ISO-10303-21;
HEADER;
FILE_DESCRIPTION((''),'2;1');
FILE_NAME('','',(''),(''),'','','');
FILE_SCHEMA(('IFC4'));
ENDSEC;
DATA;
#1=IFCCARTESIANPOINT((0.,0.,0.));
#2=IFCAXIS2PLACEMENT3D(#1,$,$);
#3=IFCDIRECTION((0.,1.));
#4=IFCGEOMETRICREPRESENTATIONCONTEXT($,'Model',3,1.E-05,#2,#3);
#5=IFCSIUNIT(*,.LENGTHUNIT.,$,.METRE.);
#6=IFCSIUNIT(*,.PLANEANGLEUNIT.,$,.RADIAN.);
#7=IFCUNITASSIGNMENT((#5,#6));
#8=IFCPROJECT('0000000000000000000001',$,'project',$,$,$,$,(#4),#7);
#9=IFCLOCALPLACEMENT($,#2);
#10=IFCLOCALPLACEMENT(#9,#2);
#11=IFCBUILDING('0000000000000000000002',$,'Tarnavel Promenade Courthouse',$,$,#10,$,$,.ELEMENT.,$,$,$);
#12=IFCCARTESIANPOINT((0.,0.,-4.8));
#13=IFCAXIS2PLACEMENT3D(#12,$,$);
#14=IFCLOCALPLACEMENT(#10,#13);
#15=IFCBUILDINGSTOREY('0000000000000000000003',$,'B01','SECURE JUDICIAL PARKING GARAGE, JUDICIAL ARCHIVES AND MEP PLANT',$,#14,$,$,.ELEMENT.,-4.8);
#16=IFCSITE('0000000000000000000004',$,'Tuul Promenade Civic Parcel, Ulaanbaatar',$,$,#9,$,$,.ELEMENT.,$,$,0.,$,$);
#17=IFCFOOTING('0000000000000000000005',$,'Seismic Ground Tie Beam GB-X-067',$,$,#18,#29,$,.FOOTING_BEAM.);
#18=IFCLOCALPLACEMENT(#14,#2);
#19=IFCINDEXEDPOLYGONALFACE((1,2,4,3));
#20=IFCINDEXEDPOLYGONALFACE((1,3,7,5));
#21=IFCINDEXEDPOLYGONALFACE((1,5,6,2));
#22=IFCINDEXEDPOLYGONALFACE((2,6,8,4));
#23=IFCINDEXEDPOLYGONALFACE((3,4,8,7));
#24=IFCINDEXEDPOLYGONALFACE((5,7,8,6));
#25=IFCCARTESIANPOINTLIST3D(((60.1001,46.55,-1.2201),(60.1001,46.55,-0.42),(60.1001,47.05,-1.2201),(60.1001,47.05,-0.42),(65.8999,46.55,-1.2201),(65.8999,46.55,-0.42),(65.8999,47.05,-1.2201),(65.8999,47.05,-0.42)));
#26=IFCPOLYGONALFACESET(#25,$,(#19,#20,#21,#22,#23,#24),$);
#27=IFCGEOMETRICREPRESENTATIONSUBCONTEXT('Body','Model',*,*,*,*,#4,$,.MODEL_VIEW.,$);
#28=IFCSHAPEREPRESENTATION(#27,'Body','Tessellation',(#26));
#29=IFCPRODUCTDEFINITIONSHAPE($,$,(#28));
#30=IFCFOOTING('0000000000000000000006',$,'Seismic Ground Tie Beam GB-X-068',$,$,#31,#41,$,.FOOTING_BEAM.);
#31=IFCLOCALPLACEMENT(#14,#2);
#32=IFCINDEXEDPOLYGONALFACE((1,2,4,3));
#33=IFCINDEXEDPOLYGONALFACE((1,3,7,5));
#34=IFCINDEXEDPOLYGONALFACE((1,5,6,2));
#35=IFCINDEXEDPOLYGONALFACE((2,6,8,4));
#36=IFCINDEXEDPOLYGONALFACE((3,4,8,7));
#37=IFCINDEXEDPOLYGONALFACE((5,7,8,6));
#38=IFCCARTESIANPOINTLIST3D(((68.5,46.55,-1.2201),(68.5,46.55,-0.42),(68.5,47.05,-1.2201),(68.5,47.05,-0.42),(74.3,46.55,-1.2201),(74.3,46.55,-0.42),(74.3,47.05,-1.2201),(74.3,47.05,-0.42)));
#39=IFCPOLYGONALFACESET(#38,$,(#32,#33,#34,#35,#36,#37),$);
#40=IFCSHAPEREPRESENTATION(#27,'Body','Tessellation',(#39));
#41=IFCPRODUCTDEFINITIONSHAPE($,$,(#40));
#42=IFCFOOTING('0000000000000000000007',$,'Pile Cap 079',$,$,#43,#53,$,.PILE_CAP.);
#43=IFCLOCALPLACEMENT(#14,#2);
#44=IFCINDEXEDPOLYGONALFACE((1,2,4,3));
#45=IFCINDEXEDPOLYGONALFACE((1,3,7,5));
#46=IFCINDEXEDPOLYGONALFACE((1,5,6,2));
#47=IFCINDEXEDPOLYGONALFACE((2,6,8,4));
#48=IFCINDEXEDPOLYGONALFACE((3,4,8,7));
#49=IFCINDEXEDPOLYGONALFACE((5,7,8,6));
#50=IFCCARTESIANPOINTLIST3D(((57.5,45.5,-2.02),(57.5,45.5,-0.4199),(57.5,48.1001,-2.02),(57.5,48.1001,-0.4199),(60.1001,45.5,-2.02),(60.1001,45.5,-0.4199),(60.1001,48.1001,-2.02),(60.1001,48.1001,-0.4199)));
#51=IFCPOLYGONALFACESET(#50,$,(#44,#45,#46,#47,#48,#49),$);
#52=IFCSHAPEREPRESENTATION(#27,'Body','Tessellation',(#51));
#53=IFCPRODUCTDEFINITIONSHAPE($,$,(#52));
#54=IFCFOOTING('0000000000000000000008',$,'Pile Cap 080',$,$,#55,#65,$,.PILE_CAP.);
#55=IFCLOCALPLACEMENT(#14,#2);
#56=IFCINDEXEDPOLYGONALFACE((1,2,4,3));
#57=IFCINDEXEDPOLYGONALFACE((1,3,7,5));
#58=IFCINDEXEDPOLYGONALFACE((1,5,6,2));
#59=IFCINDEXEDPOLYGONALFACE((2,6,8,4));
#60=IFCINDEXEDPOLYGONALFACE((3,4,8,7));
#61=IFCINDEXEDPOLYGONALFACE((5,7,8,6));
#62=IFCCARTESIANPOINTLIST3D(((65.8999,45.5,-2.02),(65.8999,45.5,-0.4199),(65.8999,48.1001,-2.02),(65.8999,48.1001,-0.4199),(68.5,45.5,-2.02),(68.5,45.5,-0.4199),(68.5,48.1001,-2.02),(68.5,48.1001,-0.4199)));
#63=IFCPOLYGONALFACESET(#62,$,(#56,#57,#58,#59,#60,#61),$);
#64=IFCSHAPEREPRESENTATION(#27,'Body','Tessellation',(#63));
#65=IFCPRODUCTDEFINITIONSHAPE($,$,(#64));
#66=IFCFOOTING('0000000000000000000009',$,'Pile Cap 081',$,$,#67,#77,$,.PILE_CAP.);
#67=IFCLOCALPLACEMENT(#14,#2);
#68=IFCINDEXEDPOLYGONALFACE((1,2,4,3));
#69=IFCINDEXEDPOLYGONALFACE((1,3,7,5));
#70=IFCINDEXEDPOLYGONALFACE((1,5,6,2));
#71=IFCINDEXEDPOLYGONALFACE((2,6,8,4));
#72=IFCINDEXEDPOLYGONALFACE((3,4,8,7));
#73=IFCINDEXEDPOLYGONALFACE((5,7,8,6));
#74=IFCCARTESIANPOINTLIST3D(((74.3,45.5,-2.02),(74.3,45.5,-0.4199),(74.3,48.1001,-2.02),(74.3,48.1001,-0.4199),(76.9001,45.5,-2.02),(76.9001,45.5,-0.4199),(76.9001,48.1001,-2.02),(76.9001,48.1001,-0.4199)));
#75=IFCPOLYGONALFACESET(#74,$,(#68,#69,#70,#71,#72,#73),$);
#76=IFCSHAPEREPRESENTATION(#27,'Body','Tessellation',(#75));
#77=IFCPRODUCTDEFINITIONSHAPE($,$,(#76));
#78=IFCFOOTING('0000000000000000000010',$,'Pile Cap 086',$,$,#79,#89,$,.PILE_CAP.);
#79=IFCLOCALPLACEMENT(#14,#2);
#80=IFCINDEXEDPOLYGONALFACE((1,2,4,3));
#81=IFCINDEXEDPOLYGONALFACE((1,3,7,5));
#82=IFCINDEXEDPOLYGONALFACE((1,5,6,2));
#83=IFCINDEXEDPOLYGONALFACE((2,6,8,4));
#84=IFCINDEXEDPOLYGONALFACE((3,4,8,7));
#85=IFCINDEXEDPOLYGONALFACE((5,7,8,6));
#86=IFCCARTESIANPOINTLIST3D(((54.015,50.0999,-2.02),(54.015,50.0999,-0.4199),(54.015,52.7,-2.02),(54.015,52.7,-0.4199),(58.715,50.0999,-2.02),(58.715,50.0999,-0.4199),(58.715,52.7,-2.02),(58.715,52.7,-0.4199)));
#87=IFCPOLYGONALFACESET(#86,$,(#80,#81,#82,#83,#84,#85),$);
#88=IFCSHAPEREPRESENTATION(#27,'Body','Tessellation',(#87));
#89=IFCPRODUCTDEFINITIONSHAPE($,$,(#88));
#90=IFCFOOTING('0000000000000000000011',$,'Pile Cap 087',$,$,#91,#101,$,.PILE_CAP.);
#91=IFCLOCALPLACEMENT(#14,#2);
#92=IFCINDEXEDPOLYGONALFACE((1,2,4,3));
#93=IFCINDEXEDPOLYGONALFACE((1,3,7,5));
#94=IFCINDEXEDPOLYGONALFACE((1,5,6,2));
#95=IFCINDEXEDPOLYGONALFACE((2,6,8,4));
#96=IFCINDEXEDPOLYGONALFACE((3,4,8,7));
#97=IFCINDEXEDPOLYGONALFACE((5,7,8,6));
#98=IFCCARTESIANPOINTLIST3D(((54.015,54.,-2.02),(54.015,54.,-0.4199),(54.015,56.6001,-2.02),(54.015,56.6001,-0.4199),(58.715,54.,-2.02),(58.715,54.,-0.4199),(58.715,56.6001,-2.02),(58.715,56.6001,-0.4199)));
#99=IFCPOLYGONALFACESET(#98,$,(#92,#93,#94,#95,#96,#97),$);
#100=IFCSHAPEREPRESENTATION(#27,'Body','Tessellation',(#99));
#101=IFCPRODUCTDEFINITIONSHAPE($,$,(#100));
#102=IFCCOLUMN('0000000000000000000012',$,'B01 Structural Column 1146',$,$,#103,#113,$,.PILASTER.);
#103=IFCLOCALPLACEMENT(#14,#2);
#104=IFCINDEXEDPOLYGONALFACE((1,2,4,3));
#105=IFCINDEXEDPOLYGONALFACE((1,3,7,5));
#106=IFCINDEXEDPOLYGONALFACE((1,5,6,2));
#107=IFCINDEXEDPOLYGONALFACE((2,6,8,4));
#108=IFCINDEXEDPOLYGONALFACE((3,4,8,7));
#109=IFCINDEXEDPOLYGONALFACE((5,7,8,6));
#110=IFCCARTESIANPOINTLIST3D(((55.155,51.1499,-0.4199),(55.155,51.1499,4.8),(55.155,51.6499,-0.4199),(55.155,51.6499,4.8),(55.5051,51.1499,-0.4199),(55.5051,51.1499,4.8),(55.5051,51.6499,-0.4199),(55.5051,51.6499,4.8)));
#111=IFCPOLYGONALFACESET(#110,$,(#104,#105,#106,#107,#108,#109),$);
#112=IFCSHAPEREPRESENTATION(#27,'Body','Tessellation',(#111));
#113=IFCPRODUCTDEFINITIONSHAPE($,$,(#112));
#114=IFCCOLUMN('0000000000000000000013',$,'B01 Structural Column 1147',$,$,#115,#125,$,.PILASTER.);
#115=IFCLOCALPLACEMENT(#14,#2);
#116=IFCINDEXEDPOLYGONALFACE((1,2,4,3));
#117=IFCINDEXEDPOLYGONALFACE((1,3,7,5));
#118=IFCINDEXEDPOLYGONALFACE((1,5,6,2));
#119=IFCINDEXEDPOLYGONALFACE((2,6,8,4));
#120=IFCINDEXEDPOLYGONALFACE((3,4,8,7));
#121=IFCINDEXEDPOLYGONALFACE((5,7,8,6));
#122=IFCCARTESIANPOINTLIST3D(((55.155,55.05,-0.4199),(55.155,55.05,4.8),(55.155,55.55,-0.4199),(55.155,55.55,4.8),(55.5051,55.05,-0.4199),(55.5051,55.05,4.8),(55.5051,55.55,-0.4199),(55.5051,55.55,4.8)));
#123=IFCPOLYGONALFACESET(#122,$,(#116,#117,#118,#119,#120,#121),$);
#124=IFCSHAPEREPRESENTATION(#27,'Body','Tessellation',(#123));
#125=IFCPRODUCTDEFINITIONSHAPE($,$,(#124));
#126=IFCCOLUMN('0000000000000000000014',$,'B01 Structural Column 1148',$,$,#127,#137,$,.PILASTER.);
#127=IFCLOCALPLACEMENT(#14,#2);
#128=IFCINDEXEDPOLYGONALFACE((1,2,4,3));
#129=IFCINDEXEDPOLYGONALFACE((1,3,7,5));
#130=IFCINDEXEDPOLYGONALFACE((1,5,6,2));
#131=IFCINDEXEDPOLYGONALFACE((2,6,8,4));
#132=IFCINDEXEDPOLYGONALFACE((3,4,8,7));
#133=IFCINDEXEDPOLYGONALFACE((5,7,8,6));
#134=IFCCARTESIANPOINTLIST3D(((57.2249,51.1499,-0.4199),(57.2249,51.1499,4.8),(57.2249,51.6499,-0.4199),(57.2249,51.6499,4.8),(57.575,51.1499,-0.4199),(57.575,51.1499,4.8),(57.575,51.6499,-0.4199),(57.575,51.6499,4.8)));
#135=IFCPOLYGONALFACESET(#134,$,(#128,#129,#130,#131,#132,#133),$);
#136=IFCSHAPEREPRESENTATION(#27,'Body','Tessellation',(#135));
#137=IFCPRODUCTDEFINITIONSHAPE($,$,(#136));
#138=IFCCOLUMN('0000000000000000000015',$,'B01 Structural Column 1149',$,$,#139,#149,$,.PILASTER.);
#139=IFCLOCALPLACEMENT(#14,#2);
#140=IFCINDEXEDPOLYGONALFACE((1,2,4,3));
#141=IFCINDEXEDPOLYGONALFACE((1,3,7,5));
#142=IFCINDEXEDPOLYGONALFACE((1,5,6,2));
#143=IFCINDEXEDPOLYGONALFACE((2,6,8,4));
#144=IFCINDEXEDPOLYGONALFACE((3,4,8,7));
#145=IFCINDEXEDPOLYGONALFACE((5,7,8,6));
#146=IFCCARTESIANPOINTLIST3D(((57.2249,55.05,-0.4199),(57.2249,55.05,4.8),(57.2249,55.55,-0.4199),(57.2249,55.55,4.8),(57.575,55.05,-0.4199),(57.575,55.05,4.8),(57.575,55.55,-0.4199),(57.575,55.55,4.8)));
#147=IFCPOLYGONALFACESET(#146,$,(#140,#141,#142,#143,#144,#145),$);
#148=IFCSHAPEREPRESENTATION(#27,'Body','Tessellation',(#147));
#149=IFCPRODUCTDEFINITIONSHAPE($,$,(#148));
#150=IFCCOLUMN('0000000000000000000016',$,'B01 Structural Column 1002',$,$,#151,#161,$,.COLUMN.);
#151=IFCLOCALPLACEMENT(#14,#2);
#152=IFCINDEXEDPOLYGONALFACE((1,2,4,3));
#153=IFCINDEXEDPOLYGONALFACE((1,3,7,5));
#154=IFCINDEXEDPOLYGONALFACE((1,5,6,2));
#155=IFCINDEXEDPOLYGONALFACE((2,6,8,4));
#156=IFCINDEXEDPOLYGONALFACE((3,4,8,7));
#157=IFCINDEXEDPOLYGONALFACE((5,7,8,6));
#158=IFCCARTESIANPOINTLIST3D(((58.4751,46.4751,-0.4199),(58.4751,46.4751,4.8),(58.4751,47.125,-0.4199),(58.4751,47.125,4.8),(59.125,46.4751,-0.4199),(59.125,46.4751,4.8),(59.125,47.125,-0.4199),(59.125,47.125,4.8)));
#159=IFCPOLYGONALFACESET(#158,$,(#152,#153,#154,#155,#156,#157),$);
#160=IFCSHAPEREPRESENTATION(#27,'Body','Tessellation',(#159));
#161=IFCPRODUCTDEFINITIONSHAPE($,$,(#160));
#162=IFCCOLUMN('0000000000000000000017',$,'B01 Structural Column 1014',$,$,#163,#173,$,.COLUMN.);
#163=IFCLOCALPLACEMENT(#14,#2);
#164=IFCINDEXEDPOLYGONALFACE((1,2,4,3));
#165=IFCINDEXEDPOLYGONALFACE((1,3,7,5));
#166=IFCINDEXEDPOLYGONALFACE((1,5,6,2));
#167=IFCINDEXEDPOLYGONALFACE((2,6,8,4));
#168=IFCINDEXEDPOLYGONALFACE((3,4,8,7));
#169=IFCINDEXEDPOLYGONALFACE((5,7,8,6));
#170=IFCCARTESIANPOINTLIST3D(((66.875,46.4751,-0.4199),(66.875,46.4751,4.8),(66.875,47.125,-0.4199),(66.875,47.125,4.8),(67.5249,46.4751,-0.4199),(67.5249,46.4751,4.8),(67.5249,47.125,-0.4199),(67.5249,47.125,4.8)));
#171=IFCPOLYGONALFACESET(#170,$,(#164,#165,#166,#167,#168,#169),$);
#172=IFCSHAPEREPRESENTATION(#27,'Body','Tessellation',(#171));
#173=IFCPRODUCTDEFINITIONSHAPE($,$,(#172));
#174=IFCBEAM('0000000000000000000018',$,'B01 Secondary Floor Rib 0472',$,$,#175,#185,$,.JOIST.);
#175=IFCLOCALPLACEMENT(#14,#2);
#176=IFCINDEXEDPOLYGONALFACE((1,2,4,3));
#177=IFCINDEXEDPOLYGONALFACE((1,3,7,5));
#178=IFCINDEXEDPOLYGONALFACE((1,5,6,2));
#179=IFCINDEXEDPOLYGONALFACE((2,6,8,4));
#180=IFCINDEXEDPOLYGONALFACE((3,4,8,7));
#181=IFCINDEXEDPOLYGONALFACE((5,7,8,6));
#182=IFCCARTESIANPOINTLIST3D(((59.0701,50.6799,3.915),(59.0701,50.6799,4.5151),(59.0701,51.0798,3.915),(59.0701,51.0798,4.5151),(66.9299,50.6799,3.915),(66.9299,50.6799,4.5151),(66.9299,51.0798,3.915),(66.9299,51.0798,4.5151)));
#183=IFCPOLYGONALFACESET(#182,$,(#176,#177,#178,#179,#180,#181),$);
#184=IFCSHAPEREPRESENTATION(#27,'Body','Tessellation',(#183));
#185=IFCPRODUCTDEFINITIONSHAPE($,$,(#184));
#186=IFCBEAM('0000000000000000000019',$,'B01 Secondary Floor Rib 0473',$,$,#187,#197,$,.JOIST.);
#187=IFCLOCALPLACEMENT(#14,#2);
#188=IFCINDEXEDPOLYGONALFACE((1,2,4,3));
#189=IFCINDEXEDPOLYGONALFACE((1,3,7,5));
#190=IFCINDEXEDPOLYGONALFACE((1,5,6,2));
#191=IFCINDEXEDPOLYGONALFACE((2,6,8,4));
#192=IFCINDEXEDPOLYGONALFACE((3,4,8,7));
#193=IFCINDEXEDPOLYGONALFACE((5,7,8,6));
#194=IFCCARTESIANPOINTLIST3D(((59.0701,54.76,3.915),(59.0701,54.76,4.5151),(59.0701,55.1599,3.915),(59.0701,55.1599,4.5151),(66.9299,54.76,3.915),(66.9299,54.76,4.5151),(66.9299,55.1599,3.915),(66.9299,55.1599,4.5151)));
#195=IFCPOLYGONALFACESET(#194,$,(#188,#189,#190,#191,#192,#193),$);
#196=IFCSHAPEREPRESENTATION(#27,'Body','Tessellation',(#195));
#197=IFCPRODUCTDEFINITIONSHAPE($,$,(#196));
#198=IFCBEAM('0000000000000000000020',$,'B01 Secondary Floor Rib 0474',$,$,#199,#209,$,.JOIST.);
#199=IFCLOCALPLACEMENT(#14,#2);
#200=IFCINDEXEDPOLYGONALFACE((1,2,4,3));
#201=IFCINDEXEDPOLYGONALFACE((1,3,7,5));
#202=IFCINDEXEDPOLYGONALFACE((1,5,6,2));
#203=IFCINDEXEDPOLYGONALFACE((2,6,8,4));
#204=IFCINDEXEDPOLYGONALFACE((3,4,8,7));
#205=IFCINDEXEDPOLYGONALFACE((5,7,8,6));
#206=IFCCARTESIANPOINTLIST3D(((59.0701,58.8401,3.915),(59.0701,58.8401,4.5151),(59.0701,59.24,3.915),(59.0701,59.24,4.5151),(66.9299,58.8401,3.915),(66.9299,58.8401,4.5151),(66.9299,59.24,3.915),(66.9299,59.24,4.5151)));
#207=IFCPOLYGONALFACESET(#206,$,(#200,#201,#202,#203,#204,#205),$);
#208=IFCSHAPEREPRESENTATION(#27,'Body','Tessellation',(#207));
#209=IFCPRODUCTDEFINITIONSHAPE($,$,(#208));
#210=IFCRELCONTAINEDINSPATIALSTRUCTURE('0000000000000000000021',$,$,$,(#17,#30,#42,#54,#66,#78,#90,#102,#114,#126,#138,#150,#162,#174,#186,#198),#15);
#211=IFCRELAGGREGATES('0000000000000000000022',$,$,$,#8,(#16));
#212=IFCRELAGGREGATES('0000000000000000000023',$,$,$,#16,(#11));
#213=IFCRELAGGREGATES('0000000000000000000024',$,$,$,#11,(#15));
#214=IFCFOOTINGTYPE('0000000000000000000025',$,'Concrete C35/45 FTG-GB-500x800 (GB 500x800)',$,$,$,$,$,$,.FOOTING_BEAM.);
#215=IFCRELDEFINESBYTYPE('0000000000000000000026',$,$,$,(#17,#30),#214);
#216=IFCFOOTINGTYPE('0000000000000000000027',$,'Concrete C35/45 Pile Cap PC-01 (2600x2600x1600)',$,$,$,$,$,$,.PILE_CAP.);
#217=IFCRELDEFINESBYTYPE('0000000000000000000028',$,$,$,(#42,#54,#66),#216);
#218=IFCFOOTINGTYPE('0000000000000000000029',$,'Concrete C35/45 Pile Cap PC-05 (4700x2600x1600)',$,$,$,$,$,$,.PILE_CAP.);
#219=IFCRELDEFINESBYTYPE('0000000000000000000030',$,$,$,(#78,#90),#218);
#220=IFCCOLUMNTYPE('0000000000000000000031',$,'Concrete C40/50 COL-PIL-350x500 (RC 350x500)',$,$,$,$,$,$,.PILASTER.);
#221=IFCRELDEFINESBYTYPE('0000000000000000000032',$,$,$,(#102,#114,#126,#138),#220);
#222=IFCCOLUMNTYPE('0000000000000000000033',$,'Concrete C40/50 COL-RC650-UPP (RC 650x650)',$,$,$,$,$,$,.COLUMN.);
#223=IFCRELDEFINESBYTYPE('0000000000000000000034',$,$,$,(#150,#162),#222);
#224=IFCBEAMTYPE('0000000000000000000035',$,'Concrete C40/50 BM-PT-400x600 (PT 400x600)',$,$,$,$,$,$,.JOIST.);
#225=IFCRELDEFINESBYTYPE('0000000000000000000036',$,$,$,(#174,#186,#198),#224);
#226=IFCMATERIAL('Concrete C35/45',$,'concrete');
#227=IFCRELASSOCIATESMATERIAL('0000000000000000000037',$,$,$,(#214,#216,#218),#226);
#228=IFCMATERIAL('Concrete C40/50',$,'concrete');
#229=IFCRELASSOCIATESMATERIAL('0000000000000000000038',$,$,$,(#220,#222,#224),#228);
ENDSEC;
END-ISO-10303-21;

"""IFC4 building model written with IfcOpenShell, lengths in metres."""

from ifc_helpers import new_model, si_unit, direction, frame, origin, origin_2d, place, context, subcontext, project, spatial, rectangle, extrude, material, material_profile, profile_set, type_object, element, save


model = new_model("IFC4")

# Units and contexts
model_context = context("Model", 3, precision=1e-05, world=origin(), true_north=direction((0.0, 1.0)))
body_context = subcontext(model_context, "Body", "Model", "MODEL_VIEW")
ifc_project = project(units=[si_unit("LENGTHUNIT", "METRE"), si_unit("PLANEANGLEUNIT", "RADIAN")], contexts=[model_context])

# Site, building, storey
site_placement = place(None, origin())
site = spatial("IfcSite", under=ifc_project, at=site_placement, Name="Tuul Promenade Civic Parcel, Ulaanbaatar", CompositionType="ELEMENT", RefElevation=0.0)
building_placement = place(site_placement, origin())
building = spatial("IfcBuilding", under=site, at=building_placement, Name="Tarnavel Promenade Courthouse", CompositionType="ELEMENT")
storey_placement = place(building_placement, frame((0.0, 0.0, -4.8)))
storey = spatial("IfcBuildingStorey", under=building, at=storey_placement, Name="B01", Description="SECURE JUDICIAL PARKING GARAGE, JUDICIAL ARCHIVES AND MEP PLANT", CompositionType="ELEMENT", Elevation=-4.8)

# Footings
ifc_material_1 = material(Name="Concrete C35/45", Category="concrete")
ifc_material_profile_1 = material_profile(ifc_material_1, rectangle(XDim=0.5, YDim=0.8, at=origin_2d()), Name="GB 500x800")
ifc_profile_set_1 = profile_set([ifc_material_profile_1], Name="Concrete C35/45")
footing_type_1 = type_object("IfcFootingType", Name="Concrete C35/45 FTG-GB-500x800 (GB 500x800)", PredefinedType="FOOTING_BEAM", material=ifc_profile_set_1)
footing_1_placement = place(storey_placement, frame((60.1001, 46.8, -0.8201), z_axis=(1.0, 0.0, 0.0), x_axis=(0.0, 1.0, 0.0)))
element("IfcFooting", 1, at=footing_1_placement, inside=storey, type_object=footing_type_1, Name="Seismic Ground Tie Beam GB-X-067", PredefinedType="FOOTING_BEAM", context=body_context, shape_type="SweptSolid", body=[
    extrude(rectangle(XDim=0.5, YDim=0.8, at=origin_2d()), origin(), (0.0, 0.0, 1.0), 5.7998),
])
footing_2_placement = place(storey_placement, frame((68.5, 46.8, -0.8201), z_axis=(1.0, 0.0, 0.0), x_axis=(0.0, 1.0, 0.0)))
element("IfcFooting", 2, at=footing_2_placement, inside=storey, type_object=footing_type_1, Name="Seismic Ground Tie Beam GB-X-068", PredefinedType="FOOTING_BEAM", context=body_context, shape_type="SweptSolid", body=[
    extrude(rectangle(XDim=0.5, YDim=0.8, at=origin_2d()), origin(), (0.0, 0.0, 1.0), 5.8),
])
footing_type_2 = type_object("IfcFootingType", Name="Concrete C35/45 Pile Cap PC-01 (2600x2600x1600)", PredefinedType="PILE_CAP", material=ifc_material_1)
for number, where, z_axis, x_axis, name in (
    (3, (58.8, 46.8, -2.02), (0.0, 0.0, 1.0), (1.0, 0.0, 0.0), "Pile Cap 079"),
    (4, (67.2, 46.8, -2.02), (0.0, 0.0, 1.0), (1.0, 0.0, 0.0), "Pile Cap 080"),
    (5, (75.6001, 46.8, -2.02), (0.0, 0.0, 1.0), (1.0, 0.0, 0.0), "Pile Cap 081"),
):
    element("IfcFooting", number, at=place(storey_placement, frame(where, z_axis=z_axis, x_axis=x_axis)), inside=storey, type_object=footing_type_2, Name=name, PredefinedType="PILE_CAP", context=body_context, shape_type="SweptSolid", body=[
        extrude(rectangle(XDim=2.6001, YDim=2.6001, at=origin_2d()), origin(), (0.0, 0.0, 1.0), 1.6001),
    ])
footing_type_3 = type_object("IfcFootingType", Name="Concrete C35/45 Pile Cap PC-05 (4700x2600x1600)", PredefinedType="PILE_CAP", material=ifc_material_1)
for number, where, z_axis, x_axis, name in (
    (6, (56.365, 51.3999, -2.02), (0.0, 0.0, 1.0), (1.0, 0.0, 0.0), "Pile Cap 086"),
    (7, (56.365, 55.3, -2.02), (0.0, 0.0, 1.0), (1.0, 0.0, 0.0), "Pile Cap 087"),
):
    element("IfcFooting", number, at=place(storey_placement, frame(where, z_axis=z_axis, x_axis=x_axis)), inside=storey, type_object=footing_type_3, Name=name, PredefinedType="PILE_CAP", context=body_context, shape_type="SweptSolid", body=[
        extrude(rectangle(XDim=4.7, YDim=2.6001, at=origin_2d()), origin(), (0.0, 0.0, 1.0), 1.6001),
    ])

# Columns
ifc_material_2 = material(Name="Concrete C40/50", Category="concrete")
ifc_material_profile_2 = material_profile(ifc_material_2, rectangle(XDim=0.3501, YDim=0.5, at=origin_2d()), Name="RC 350x500")
ifc_profile_set_2 = profile_set([ifc_material_profile_2], Name="Concrete C40/50")
column_type_1 = type_object("IfcColumnType", Name="Concrete C40/50 COL-PIL-350x500 (RC 350x500)", PredefinedType="PILASTER", material=ifc_profile_set_2)
for number, where, z_axis, x_axis, name in (
    (8, (55.3301, 51.3999, -0.4199), (0.0, 0.0, 1.0), (1.0, 0.0, 0.0), "B01 Structural Column 1146"),
    (9, (55.3301, 55.3, -0.4199), (0.0, 0.0, 1.0), (1.0, 0.0, 0.0), "B01 Structural Column 1147"),
    (10, (57.3999, 51.3999, -0.4199), (0.0, 0.0, 1.0), (1.0, 0.0, 0.0), "B01 Structural Column 1148"),
    (11, (57.3999, 55.3, -0.4199), (0.0, 0.0, 1.0), (1.0, 0.0, 0.0), "B01 Structural Column 1149"),
):
    element("IfcColumn", number, at=place(storey_placement, frame(where, z_axis=z_axis, x_axis=x_axis)), inside=storey, type_object=column_type_1, Name=name, PredefinedType="PILASTER", context=body_context, shape_type="SweptSolid", body=[
        extrude(rectangle(XDim=0.3501, YDim=0.5, at=origin_2d()), origin(), (0.0, 0.0, 1.0), 5.22),
    ])
ifc_material_profile_3 = material_profile(ifc_material_2, rectangle(XDim=0.6499, YDim=0.6499, at=origin_2d()), Name="RC 650x650")
ifc_profile_set_3 = profile_set([ifc_material_profile_3], Name="Concrete C40/50")
column_type_2 = type_object("IfcColumnType", Name="Concrete C40/50 COL-RC650-UPP (RC 650x650)", PredefinedType="COLUMN", material=ifc_profile_set_3)
for number, where, z_axis, x_axis, name in (
    (12, (58.8, 46.8, -0.4199), (0.0, 0.0, 1.0), (1.0, 0.0, 0.0), "B01 Structural Column 1002"),
    (13, (67.2, 46.8, -0.4199), (0.0, 0.0, 1.0), (1.0, 0.0, 0.0), "B01 Structural Column 1014"),
):
    element("IfcColumn", number, at=place(storey_placement, frame(where, z_axis=z_axis, x_axis=x_axis)), inside=storey, type_object=column_type_2, Name=name, PredefinedType="COLUMN", context=body_context, shape_type="SweptSolid", body=[
        extrude(rectangle(XDim=0.6499, YDim=0.6499, at=origin_2d()), origin(), (0.0, 0.0, 1.0), 5.22),
    ])

# Beams
ifc_material_profile_4 = material_profile(ifc_material_2, rectangle(XDim=0.3999, YDim=0.6001, at=origin_2d()), Name="PT 400x600")
ifc_profile_set_4 = profile_set([ifc_material_profile_4], Name="Concrete C40/50")
beam_type_1 = type_object("IfcBeamType", Name="Concrete C40/50 BM-PT-400x600 (PT 400x600)", PredefinedType="JOIST", material=ifc_profile_set_4)
for number, where, z_axis, x_axis, name in (
    (14, (59.0701, 50.8799, 4.2151), (1.0, 0.0, 0.0), (0.0, 1.0, 0.0), "B01 Secondary Floor Rib 0472"),
    (15, (59.0701, 54.96, 4.2151), (1.0, 0.0, 0.0), (0.0, 1.0, 0.0), "B01 Secondary Floor Rib 0473"),
    (16, (59.0701, 59.04, 4.2151), (1.0, 0.0, 0.0), (0.0, 1.0, 0.0), "B01 Secondary Floor Rib 0474"),
):
    element("IfcBeam", number, at=place(storey_placement, frame(where, z_axis=z_axis, x_axis=x_axis)), inside=storey, type_object=beam_type_1, Name=name, PredefinedType="JOIST", context=body_context, shape_type="SweptSolid", body=[
        extrude(rectangle(XDim=0.3999, YDim=0.6001, at=origin_2d()), origin(), (0.0, 0.0, 1.0), 7.8599),
    ])

save(model, "model.ifc")
